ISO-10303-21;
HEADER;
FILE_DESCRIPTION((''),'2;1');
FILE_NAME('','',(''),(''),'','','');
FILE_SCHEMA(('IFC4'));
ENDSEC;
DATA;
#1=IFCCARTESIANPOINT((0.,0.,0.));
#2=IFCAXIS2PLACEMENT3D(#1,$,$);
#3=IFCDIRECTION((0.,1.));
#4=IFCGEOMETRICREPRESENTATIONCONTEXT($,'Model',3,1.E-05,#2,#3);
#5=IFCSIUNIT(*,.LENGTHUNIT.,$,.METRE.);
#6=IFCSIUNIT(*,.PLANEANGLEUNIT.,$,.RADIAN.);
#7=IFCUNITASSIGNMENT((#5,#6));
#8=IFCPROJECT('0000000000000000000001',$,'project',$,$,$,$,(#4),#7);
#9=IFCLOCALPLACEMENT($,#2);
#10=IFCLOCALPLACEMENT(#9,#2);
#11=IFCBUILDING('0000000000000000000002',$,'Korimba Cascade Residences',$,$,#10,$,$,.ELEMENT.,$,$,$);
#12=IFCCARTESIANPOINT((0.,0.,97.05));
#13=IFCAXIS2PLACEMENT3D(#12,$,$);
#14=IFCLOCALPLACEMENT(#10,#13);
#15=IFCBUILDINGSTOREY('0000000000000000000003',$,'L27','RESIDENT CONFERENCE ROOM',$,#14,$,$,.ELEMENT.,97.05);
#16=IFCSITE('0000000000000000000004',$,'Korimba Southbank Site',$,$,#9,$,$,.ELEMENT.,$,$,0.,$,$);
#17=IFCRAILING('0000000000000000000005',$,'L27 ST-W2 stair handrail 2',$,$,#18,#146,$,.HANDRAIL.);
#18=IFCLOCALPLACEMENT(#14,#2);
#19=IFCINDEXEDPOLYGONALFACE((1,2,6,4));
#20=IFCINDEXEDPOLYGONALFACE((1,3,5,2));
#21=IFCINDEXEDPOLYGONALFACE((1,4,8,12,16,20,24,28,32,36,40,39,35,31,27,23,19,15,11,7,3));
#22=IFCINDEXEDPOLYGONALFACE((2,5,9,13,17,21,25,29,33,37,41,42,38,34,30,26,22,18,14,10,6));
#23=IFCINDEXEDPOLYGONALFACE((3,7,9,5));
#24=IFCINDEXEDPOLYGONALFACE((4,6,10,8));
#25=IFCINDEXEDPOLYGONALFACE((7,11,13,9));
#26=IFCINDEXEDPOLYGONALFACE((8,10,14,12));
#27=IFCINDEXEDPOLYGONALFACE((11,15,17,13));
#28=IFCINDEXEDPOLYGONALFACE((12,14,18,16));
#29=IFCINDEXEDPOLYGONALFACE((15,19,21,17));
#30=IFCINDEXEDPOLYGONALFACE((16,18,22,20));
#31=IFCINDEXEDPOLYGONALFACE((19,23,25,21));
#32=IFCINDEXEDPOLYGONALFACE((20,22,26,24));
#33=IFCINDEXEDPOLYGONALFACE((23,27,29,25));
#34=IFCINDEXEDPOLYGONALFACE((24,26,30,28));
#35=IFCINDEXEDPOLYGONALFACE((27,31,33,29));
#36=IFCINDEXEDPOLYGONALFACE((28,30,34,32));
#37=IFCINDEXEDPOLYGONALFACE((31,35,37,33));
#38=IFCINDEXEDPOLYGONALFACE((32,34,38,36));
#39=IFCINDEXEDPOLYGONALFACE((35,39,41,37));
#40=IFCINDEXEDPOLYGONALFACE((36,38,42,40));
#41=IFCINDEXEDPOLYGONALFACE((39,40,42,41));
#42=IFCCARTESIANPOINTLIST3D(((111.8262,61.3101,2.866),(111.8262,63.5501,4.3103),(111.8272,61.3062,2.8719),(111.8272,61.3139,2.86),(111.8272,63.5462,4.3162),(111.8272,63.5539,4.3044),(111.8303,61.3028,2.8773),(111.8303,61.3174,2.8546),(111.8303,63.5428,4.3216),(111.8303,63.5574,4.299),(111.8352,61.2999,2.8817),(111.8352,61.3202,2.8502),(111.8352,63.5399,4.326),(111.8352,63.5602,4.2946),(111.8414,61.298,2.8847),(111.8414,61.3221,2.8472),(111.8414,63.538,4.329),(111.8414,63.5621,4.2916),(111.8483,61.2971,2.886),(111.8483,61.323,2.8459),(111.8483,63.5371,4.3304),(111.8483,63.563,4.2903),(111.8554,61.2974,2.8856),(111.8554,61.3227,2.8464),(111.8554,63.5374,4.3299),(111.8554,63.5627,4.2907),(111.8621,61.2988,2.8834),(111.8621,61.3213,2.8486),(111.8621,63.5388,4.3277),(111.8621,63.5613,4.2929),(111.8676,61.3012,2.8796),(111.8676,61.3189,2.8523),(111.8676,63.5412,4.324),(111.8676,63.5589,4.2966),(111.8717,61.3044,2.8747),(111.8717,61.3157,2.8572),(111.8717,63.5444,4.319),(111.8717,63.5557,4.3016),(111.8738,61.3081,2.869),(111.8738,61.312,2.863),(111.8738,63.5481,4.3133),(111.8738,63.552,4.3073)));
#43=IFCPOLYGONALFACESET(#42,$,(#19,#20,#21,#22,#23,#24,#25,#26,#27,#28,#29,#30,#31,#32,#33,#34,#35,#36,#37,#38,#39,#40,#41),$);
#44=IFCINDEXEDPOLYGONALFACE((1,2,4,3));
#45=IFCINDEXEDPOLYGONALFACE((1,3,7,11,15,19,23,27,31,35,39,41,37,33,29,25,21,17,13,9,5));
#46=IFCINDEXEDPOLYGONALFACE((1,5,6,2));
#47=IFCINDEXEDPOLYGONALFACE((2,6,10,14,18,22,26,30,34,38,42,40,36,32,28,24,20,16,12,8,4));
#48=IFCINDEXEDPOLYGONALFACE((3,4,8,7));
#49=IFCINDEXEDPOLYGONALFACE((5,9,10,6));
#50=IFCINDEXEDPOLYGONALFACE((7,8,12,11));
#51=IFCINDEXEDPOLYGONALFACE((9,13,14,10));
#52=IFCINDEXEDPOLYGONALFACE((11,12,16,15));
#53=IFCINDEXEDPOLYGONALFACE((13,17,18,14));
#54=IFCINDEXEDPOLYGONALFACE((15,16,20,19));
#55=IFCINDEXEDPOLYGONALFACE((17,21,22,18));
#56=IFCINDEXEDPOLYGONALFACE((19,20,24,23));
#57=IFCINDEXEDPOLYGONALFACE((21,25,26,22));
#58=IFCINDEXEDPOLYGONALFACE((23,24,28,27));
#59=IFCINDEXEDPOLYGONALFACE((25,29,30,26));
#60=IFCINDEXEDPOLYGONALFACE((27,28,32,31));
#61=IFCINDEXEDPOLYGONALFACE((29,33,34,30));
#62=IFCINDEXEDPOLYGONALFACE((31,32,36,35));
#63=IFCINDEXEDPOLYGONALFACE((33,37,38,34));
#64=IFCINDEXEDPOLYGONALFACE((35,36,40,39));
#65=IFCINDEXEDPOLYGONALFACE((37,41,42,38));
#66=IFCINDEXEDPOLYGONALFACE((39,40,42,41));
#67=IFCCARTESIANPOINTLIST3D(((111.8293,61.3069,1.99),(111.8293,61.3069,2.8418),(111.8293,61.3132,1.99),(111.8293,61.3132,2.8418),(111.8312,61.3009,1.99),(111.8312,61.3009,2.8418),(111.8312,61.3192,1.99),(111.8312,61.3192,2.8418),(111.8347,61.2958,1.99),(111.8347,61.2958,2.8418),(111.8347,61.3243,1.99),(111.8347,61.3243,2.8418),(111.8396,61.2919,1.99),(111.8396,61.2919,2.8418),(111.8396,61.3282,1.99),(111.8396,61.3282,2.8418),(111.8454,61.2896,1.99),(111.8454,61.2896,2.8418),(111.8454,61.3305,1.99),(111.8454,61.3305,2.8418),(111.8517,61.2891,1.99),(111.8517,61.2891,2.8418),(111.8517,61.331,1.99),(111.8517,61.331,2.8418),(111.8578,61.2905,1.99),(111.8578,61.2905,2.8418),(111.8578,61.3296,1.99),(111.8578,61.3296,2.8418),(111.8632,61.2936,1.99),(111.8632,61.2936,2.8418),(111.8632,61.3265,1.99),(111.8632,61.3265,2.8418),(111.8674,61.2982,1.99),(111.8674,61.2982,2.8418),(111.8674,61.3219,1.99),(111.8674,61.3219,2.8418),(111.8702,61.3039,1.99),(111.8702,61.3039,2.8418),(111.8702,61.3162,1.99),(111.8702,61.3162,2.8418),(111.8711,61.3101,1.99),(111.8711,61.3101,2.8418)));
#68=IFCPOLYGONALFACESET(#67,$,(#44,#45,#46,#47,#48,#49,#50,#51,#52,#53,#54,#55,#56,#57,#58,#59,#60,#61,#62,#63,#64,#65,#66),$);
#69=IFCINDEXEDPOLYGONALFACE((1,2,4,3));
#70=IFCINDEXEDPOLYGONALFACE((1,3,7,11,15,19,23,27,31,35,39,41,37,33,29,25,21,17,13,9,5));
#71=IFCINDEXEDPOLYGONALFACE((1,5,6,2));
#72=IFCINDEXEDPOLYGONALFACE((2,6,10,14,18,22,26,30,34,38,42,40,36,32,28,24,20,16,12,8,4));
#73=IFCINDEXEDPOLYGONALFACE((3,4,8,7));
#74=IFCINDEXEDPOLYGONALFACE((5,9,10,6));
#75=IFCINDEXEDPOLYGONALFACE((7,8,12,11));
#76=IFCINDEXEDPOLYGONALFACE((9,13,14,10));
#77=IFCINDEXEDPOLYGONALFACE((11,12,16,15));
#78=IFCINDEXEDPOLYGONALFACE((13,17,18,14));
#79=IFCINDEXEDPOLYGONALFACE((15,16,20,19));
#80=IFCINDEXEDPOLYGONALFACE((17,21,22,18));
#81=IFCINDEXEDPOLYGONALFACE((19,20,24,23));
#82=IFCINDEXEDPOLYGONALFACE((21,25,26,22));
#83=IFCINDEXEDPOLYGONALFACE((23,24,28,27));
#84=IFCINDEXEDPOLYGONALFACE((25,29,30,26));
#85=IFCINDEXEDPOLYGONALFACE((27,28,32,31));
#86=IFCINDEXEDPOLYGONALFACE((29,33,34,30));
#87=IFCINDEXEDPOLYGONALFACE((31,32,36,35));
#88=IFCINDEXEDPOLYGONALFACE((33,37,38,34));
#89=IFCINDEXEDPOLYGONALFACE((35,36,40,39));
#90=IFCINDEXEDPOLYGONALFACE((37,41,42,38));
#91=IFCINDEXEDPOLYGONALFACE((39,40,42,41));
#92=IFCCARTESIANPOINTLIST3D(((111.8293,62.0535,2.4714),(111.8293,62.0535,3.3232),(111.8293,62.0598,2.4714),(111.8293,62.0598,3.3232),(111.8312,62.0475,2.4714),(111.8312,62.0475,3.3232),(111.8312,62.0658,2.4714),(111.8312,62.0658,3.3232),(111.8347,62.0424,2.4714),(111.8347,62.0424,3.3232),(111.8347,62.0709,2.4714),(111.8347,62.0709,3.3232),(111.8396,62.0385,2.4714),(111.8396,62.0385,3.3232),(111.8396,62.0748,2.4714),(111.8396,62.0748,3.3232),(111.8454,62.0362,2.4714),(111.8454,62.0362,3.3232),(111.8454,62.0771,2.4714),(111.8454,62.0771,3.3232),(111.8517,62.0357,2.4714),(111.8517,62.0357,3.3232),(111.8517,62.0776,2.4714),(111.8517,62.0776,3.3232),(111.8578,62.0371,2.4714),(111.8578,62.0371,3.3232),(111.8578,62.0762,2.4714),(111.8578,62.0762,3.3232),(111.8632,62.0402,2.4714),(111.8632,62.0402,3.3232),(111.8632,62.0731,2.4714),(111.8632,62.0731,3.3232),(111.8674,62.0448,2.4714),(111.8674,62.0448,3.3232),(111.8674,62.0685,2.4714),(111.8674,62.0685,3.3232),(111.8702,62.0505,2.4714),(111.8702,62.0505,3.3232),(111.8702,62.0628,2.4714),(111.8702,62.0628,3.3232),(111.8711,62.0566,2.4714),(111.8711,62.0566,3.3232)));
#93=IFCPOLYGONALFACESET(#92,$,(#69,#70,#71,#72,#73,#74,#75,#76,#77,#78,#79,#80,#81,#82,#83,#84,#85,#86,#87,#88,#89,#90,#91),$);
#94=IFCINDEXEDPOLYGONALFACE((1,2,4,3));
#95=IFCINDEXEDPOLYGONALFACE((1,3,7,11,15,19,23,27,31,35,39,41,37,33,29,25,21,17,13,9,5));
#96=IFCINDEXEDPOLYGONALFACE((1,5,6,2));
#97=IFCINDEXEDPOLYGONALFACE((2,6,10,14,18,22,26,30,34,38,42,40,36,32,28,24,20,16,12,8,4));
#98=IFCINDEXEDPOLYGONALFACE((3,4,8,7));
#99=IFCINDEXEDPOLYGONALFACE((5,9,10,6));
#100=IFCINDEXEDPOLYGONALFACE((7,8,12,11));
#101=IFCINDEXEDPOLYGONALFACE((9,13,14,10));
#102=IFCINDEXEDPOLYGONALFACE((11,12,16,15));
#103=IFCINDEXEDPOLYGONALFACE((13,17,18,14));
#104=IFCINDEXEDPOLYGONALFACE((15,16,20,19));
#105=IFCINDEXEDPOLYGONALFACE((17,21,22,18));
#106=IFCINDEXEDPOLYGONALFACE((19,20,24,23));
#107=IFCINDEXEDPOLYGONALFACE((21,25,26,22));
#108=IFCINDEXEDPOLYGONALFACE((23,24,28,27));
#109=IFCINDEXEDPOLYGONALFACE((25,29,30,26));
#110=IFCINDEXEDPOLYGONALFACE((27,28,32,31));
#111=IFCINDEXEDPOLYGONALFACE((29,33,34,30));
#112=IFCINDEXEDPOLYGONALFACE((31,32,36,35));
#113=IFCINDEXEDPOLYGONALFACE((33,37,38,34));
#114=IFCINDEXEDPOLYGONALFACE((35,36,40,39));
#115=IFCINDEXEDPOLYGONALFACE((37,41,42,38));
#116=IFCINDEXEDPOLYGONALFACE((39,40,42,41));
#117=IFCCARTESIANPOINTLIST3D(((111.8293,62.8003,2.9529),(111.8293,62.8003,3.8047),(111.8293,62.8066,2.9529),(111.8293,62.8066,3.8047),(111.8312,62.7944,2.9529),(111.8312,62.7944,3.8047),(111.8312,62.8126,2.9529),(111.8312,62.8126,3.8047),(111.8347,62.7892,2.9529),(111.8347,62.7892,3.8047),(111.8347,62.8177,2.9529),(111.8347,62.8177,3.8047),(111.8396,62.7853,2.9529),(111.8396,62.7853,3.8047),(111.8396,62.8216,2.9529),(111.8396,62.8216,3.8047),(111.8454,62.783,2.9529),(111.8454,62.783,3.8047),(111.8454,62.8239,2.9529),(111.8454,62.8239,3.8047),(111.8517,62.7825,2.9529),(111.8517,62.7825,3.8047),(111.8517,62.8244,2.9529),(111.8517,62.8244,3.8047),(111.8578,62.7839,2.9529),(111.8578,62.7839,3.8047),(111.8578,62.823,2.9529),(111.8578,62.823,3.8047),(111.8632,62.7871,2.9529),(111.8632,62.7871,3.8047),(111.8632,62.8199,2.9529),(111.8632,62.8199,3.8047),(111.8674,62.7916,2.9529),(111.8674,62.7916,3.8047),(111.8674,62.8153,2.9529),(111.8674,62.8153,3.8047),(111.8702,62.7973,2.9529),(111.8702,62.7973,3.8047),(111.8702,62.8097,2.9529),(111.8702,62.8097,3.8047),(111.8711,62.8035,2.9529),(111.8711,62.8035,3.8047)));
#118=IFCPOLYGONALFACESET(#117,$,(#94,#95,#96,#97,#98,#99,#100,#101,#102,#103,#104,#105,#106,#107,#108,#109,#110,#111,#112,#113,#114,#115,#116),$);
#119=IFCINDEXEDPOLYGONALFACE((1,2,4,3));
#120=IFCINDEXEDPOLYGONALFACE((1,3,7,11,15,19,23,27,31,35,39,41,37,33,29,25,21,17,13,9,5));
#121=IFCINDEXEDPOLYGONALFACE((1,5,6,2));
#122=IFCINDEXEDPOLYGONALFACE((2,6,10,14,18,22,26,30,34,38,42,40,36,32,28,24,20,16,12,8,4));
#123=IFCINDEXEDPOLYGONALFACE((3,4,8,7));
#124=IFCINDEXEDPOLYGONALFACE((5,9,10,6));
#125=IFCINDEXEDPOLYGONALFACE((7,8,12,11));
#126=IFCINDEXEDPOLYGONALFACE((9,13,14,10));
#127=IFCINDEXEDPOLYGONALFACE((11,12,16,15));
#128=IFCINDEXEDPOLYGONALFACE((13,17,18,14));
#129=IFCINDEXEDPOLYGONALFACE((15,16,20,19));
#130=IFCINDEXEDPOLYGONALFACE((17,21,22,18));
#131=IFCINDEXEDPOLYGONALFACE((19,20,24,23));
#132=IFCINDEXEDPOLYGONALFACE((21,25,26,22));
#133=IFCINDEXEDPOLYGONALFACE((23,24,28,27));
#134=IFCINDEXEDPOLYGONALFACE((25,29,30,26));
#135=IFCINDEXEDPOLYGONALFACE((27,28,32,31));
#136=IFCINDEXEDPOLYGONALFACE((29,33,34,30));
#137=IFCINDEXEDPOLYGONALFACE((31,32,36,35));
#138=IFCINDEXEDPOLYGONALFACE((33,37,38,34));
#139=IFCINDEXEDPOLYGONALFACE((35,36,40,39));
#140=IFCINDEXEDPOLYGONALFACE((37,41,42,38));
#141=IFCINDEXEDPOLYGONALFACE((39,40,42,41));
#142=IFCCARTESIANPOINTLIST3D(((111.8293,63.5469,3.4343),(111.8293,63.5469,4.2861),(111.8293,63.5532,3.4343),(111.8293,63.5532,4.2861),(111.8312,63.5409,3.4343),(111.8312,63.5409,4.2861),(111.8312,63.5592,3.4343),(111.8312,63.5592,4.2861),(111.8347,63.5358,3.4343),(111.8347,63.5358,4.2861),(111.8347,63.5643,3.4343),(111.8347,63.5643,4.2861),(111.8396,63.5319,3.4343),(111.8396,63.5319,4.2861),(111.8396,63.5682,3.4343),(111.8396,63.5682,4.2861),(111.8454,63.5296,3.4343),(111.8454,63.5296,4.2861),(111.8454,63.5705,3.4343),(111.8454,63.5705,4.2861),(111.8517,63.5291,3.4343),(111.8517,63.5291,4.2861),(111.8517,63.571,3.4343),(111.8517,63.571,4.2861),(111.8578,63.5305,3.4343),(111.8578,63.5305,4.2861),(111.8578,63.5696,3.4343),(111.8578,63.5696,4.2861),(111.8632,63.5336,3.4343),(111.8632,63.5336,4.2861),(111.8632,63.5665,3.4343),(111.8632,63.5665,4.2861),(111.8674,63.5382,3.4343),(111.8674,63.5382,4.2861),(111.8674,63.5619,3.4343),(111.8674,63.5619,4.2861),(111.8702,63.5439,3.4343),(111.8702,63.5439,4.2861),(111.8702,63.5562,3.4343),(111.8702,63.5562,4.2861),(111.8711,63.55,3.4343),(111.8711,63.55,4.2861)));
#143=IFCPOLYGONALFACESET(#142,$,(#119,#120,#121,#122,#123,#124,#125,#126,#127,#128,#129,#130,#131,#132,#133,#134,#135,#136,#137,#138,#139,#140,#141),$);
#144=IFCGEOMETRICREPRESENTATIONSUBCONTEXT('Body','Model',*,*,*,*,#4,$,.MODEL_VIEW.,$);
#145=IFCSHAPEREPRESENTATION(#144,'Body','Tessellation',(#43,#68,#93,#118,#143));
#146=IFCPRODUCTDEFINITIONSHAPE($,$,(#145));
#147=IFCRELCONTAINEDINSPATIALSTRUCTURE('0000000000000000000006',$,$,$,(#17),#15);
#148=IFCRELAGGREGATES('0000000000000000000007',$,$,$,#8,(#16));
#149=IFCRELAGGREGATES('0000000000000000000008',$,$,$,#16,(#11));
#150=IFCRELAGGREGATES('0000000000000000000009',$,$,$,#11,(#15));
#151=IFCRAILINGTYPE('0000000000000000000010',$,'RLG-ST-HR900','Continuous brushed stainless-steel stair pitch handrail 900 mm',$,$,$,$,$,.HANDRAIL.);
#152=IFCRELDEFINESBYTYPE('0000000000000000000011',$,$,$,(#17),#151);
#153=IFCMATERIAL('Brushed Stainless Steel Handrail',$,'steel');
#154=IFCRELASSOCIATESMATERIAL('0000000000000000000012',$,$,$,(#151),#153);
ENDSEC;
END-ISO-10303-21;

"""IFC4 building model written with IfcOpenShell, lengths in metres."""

from ifc_helpers import new_model, si_unit, direction, frame, origin, origin_2d, place, context, subcontext, project, spatial, circle, extrude, material, type_object, element, save


model = new_model("IFC4")

# Units and contexts
model_context = context("Model", 3, precision=1e-05, world=origin(), true_north=direction((0.0, 1.0)))
body_context = subcontext(model_context, "Body", "Model", "MODEL_VIEW")
ifc_project = project(units=[si_unit("LENGTHUNIT", "METRE"), si_unit("PLANEANGLEUNIT", "RADIAN")], contexts=[model_context])

# Site, building, storey
site_placement = place(None, origin())
site = spatial("IfcSite", under=ifc_project, at=site_placement, Name="Korimba Southbank Site", CompositionType="ELEMENT", RefElevation=0.0)
building_placement = place(site_placement, origin())
building = spatial("IfcBuilding", under=site, at=building_placement, Name="Korimba Cascade Residences", CompositionType="ELEMENT")
storey_placement = place(building_placement, frame((0.0, 0.0, 97.05)))
storey = spatial("IfcBuildingStorey", under=building, at=storey_placement, Name="L27", Description="RESIDENT CONFERENCE ROOM", CompositionType="ELEMENT", Elevation=97.05)

# Railing
ifc_material_1 = material(Name="Brushed Stainless Steel Handrail", Category="steel")
railing_type_1 = type_object("IfcRailingType", Name="RLG-ST-HR900", Description="Continuous brushed stainless-steel stair pitch handrail 900 mm", PredefinedType="HANDRAIL", material=ifc_material_1)
railing_1_placement = place(storey_placement, frame((111.8501, 61.3101, 1.99)))
element("IfcRailing", 1, at=railing_1_placement, inside=storey, type_object=railing_type_1, Name="L27 ST-W2 stair handrail 2", PredefinedType="HANDRAIL", context=body_context, shape_type="SweptSolid", body=[
    extrude(circle(Radius=0.0239, at=origin_2d()), frame((0.0, 0.0, 0.876), z_axis=(0.0, 0.840437, 0.54191), x_axis=(-1.0, 0.0, 0.0)), (0.0, 0.0, 1.0), 2.6653),
    extrude(circle(Radius=0.021, at=origin_2d()), origin(), (0.0, 0.0, 1.0), 0.8518),
    extrude(circle(Radius=0.021, at=origin_2d()), frame((0.0, 0.7466, 0.4814)), (0.0, 0.0, 1.0), 0.8518),
    extrude(circle(Radius=0.021, at=origin_2d()), frame((0.0, 1.4934, 0.9629)), (0.0, 0.0, 1.0), 0.8518),
    extrude(circle(Radius=0.021, at=origin_2d()), frame((0.0, 2.24, 1.4443)), (0.0, 0.0, 1.0), 0.8518),
])

save(model, "model.ifc")
